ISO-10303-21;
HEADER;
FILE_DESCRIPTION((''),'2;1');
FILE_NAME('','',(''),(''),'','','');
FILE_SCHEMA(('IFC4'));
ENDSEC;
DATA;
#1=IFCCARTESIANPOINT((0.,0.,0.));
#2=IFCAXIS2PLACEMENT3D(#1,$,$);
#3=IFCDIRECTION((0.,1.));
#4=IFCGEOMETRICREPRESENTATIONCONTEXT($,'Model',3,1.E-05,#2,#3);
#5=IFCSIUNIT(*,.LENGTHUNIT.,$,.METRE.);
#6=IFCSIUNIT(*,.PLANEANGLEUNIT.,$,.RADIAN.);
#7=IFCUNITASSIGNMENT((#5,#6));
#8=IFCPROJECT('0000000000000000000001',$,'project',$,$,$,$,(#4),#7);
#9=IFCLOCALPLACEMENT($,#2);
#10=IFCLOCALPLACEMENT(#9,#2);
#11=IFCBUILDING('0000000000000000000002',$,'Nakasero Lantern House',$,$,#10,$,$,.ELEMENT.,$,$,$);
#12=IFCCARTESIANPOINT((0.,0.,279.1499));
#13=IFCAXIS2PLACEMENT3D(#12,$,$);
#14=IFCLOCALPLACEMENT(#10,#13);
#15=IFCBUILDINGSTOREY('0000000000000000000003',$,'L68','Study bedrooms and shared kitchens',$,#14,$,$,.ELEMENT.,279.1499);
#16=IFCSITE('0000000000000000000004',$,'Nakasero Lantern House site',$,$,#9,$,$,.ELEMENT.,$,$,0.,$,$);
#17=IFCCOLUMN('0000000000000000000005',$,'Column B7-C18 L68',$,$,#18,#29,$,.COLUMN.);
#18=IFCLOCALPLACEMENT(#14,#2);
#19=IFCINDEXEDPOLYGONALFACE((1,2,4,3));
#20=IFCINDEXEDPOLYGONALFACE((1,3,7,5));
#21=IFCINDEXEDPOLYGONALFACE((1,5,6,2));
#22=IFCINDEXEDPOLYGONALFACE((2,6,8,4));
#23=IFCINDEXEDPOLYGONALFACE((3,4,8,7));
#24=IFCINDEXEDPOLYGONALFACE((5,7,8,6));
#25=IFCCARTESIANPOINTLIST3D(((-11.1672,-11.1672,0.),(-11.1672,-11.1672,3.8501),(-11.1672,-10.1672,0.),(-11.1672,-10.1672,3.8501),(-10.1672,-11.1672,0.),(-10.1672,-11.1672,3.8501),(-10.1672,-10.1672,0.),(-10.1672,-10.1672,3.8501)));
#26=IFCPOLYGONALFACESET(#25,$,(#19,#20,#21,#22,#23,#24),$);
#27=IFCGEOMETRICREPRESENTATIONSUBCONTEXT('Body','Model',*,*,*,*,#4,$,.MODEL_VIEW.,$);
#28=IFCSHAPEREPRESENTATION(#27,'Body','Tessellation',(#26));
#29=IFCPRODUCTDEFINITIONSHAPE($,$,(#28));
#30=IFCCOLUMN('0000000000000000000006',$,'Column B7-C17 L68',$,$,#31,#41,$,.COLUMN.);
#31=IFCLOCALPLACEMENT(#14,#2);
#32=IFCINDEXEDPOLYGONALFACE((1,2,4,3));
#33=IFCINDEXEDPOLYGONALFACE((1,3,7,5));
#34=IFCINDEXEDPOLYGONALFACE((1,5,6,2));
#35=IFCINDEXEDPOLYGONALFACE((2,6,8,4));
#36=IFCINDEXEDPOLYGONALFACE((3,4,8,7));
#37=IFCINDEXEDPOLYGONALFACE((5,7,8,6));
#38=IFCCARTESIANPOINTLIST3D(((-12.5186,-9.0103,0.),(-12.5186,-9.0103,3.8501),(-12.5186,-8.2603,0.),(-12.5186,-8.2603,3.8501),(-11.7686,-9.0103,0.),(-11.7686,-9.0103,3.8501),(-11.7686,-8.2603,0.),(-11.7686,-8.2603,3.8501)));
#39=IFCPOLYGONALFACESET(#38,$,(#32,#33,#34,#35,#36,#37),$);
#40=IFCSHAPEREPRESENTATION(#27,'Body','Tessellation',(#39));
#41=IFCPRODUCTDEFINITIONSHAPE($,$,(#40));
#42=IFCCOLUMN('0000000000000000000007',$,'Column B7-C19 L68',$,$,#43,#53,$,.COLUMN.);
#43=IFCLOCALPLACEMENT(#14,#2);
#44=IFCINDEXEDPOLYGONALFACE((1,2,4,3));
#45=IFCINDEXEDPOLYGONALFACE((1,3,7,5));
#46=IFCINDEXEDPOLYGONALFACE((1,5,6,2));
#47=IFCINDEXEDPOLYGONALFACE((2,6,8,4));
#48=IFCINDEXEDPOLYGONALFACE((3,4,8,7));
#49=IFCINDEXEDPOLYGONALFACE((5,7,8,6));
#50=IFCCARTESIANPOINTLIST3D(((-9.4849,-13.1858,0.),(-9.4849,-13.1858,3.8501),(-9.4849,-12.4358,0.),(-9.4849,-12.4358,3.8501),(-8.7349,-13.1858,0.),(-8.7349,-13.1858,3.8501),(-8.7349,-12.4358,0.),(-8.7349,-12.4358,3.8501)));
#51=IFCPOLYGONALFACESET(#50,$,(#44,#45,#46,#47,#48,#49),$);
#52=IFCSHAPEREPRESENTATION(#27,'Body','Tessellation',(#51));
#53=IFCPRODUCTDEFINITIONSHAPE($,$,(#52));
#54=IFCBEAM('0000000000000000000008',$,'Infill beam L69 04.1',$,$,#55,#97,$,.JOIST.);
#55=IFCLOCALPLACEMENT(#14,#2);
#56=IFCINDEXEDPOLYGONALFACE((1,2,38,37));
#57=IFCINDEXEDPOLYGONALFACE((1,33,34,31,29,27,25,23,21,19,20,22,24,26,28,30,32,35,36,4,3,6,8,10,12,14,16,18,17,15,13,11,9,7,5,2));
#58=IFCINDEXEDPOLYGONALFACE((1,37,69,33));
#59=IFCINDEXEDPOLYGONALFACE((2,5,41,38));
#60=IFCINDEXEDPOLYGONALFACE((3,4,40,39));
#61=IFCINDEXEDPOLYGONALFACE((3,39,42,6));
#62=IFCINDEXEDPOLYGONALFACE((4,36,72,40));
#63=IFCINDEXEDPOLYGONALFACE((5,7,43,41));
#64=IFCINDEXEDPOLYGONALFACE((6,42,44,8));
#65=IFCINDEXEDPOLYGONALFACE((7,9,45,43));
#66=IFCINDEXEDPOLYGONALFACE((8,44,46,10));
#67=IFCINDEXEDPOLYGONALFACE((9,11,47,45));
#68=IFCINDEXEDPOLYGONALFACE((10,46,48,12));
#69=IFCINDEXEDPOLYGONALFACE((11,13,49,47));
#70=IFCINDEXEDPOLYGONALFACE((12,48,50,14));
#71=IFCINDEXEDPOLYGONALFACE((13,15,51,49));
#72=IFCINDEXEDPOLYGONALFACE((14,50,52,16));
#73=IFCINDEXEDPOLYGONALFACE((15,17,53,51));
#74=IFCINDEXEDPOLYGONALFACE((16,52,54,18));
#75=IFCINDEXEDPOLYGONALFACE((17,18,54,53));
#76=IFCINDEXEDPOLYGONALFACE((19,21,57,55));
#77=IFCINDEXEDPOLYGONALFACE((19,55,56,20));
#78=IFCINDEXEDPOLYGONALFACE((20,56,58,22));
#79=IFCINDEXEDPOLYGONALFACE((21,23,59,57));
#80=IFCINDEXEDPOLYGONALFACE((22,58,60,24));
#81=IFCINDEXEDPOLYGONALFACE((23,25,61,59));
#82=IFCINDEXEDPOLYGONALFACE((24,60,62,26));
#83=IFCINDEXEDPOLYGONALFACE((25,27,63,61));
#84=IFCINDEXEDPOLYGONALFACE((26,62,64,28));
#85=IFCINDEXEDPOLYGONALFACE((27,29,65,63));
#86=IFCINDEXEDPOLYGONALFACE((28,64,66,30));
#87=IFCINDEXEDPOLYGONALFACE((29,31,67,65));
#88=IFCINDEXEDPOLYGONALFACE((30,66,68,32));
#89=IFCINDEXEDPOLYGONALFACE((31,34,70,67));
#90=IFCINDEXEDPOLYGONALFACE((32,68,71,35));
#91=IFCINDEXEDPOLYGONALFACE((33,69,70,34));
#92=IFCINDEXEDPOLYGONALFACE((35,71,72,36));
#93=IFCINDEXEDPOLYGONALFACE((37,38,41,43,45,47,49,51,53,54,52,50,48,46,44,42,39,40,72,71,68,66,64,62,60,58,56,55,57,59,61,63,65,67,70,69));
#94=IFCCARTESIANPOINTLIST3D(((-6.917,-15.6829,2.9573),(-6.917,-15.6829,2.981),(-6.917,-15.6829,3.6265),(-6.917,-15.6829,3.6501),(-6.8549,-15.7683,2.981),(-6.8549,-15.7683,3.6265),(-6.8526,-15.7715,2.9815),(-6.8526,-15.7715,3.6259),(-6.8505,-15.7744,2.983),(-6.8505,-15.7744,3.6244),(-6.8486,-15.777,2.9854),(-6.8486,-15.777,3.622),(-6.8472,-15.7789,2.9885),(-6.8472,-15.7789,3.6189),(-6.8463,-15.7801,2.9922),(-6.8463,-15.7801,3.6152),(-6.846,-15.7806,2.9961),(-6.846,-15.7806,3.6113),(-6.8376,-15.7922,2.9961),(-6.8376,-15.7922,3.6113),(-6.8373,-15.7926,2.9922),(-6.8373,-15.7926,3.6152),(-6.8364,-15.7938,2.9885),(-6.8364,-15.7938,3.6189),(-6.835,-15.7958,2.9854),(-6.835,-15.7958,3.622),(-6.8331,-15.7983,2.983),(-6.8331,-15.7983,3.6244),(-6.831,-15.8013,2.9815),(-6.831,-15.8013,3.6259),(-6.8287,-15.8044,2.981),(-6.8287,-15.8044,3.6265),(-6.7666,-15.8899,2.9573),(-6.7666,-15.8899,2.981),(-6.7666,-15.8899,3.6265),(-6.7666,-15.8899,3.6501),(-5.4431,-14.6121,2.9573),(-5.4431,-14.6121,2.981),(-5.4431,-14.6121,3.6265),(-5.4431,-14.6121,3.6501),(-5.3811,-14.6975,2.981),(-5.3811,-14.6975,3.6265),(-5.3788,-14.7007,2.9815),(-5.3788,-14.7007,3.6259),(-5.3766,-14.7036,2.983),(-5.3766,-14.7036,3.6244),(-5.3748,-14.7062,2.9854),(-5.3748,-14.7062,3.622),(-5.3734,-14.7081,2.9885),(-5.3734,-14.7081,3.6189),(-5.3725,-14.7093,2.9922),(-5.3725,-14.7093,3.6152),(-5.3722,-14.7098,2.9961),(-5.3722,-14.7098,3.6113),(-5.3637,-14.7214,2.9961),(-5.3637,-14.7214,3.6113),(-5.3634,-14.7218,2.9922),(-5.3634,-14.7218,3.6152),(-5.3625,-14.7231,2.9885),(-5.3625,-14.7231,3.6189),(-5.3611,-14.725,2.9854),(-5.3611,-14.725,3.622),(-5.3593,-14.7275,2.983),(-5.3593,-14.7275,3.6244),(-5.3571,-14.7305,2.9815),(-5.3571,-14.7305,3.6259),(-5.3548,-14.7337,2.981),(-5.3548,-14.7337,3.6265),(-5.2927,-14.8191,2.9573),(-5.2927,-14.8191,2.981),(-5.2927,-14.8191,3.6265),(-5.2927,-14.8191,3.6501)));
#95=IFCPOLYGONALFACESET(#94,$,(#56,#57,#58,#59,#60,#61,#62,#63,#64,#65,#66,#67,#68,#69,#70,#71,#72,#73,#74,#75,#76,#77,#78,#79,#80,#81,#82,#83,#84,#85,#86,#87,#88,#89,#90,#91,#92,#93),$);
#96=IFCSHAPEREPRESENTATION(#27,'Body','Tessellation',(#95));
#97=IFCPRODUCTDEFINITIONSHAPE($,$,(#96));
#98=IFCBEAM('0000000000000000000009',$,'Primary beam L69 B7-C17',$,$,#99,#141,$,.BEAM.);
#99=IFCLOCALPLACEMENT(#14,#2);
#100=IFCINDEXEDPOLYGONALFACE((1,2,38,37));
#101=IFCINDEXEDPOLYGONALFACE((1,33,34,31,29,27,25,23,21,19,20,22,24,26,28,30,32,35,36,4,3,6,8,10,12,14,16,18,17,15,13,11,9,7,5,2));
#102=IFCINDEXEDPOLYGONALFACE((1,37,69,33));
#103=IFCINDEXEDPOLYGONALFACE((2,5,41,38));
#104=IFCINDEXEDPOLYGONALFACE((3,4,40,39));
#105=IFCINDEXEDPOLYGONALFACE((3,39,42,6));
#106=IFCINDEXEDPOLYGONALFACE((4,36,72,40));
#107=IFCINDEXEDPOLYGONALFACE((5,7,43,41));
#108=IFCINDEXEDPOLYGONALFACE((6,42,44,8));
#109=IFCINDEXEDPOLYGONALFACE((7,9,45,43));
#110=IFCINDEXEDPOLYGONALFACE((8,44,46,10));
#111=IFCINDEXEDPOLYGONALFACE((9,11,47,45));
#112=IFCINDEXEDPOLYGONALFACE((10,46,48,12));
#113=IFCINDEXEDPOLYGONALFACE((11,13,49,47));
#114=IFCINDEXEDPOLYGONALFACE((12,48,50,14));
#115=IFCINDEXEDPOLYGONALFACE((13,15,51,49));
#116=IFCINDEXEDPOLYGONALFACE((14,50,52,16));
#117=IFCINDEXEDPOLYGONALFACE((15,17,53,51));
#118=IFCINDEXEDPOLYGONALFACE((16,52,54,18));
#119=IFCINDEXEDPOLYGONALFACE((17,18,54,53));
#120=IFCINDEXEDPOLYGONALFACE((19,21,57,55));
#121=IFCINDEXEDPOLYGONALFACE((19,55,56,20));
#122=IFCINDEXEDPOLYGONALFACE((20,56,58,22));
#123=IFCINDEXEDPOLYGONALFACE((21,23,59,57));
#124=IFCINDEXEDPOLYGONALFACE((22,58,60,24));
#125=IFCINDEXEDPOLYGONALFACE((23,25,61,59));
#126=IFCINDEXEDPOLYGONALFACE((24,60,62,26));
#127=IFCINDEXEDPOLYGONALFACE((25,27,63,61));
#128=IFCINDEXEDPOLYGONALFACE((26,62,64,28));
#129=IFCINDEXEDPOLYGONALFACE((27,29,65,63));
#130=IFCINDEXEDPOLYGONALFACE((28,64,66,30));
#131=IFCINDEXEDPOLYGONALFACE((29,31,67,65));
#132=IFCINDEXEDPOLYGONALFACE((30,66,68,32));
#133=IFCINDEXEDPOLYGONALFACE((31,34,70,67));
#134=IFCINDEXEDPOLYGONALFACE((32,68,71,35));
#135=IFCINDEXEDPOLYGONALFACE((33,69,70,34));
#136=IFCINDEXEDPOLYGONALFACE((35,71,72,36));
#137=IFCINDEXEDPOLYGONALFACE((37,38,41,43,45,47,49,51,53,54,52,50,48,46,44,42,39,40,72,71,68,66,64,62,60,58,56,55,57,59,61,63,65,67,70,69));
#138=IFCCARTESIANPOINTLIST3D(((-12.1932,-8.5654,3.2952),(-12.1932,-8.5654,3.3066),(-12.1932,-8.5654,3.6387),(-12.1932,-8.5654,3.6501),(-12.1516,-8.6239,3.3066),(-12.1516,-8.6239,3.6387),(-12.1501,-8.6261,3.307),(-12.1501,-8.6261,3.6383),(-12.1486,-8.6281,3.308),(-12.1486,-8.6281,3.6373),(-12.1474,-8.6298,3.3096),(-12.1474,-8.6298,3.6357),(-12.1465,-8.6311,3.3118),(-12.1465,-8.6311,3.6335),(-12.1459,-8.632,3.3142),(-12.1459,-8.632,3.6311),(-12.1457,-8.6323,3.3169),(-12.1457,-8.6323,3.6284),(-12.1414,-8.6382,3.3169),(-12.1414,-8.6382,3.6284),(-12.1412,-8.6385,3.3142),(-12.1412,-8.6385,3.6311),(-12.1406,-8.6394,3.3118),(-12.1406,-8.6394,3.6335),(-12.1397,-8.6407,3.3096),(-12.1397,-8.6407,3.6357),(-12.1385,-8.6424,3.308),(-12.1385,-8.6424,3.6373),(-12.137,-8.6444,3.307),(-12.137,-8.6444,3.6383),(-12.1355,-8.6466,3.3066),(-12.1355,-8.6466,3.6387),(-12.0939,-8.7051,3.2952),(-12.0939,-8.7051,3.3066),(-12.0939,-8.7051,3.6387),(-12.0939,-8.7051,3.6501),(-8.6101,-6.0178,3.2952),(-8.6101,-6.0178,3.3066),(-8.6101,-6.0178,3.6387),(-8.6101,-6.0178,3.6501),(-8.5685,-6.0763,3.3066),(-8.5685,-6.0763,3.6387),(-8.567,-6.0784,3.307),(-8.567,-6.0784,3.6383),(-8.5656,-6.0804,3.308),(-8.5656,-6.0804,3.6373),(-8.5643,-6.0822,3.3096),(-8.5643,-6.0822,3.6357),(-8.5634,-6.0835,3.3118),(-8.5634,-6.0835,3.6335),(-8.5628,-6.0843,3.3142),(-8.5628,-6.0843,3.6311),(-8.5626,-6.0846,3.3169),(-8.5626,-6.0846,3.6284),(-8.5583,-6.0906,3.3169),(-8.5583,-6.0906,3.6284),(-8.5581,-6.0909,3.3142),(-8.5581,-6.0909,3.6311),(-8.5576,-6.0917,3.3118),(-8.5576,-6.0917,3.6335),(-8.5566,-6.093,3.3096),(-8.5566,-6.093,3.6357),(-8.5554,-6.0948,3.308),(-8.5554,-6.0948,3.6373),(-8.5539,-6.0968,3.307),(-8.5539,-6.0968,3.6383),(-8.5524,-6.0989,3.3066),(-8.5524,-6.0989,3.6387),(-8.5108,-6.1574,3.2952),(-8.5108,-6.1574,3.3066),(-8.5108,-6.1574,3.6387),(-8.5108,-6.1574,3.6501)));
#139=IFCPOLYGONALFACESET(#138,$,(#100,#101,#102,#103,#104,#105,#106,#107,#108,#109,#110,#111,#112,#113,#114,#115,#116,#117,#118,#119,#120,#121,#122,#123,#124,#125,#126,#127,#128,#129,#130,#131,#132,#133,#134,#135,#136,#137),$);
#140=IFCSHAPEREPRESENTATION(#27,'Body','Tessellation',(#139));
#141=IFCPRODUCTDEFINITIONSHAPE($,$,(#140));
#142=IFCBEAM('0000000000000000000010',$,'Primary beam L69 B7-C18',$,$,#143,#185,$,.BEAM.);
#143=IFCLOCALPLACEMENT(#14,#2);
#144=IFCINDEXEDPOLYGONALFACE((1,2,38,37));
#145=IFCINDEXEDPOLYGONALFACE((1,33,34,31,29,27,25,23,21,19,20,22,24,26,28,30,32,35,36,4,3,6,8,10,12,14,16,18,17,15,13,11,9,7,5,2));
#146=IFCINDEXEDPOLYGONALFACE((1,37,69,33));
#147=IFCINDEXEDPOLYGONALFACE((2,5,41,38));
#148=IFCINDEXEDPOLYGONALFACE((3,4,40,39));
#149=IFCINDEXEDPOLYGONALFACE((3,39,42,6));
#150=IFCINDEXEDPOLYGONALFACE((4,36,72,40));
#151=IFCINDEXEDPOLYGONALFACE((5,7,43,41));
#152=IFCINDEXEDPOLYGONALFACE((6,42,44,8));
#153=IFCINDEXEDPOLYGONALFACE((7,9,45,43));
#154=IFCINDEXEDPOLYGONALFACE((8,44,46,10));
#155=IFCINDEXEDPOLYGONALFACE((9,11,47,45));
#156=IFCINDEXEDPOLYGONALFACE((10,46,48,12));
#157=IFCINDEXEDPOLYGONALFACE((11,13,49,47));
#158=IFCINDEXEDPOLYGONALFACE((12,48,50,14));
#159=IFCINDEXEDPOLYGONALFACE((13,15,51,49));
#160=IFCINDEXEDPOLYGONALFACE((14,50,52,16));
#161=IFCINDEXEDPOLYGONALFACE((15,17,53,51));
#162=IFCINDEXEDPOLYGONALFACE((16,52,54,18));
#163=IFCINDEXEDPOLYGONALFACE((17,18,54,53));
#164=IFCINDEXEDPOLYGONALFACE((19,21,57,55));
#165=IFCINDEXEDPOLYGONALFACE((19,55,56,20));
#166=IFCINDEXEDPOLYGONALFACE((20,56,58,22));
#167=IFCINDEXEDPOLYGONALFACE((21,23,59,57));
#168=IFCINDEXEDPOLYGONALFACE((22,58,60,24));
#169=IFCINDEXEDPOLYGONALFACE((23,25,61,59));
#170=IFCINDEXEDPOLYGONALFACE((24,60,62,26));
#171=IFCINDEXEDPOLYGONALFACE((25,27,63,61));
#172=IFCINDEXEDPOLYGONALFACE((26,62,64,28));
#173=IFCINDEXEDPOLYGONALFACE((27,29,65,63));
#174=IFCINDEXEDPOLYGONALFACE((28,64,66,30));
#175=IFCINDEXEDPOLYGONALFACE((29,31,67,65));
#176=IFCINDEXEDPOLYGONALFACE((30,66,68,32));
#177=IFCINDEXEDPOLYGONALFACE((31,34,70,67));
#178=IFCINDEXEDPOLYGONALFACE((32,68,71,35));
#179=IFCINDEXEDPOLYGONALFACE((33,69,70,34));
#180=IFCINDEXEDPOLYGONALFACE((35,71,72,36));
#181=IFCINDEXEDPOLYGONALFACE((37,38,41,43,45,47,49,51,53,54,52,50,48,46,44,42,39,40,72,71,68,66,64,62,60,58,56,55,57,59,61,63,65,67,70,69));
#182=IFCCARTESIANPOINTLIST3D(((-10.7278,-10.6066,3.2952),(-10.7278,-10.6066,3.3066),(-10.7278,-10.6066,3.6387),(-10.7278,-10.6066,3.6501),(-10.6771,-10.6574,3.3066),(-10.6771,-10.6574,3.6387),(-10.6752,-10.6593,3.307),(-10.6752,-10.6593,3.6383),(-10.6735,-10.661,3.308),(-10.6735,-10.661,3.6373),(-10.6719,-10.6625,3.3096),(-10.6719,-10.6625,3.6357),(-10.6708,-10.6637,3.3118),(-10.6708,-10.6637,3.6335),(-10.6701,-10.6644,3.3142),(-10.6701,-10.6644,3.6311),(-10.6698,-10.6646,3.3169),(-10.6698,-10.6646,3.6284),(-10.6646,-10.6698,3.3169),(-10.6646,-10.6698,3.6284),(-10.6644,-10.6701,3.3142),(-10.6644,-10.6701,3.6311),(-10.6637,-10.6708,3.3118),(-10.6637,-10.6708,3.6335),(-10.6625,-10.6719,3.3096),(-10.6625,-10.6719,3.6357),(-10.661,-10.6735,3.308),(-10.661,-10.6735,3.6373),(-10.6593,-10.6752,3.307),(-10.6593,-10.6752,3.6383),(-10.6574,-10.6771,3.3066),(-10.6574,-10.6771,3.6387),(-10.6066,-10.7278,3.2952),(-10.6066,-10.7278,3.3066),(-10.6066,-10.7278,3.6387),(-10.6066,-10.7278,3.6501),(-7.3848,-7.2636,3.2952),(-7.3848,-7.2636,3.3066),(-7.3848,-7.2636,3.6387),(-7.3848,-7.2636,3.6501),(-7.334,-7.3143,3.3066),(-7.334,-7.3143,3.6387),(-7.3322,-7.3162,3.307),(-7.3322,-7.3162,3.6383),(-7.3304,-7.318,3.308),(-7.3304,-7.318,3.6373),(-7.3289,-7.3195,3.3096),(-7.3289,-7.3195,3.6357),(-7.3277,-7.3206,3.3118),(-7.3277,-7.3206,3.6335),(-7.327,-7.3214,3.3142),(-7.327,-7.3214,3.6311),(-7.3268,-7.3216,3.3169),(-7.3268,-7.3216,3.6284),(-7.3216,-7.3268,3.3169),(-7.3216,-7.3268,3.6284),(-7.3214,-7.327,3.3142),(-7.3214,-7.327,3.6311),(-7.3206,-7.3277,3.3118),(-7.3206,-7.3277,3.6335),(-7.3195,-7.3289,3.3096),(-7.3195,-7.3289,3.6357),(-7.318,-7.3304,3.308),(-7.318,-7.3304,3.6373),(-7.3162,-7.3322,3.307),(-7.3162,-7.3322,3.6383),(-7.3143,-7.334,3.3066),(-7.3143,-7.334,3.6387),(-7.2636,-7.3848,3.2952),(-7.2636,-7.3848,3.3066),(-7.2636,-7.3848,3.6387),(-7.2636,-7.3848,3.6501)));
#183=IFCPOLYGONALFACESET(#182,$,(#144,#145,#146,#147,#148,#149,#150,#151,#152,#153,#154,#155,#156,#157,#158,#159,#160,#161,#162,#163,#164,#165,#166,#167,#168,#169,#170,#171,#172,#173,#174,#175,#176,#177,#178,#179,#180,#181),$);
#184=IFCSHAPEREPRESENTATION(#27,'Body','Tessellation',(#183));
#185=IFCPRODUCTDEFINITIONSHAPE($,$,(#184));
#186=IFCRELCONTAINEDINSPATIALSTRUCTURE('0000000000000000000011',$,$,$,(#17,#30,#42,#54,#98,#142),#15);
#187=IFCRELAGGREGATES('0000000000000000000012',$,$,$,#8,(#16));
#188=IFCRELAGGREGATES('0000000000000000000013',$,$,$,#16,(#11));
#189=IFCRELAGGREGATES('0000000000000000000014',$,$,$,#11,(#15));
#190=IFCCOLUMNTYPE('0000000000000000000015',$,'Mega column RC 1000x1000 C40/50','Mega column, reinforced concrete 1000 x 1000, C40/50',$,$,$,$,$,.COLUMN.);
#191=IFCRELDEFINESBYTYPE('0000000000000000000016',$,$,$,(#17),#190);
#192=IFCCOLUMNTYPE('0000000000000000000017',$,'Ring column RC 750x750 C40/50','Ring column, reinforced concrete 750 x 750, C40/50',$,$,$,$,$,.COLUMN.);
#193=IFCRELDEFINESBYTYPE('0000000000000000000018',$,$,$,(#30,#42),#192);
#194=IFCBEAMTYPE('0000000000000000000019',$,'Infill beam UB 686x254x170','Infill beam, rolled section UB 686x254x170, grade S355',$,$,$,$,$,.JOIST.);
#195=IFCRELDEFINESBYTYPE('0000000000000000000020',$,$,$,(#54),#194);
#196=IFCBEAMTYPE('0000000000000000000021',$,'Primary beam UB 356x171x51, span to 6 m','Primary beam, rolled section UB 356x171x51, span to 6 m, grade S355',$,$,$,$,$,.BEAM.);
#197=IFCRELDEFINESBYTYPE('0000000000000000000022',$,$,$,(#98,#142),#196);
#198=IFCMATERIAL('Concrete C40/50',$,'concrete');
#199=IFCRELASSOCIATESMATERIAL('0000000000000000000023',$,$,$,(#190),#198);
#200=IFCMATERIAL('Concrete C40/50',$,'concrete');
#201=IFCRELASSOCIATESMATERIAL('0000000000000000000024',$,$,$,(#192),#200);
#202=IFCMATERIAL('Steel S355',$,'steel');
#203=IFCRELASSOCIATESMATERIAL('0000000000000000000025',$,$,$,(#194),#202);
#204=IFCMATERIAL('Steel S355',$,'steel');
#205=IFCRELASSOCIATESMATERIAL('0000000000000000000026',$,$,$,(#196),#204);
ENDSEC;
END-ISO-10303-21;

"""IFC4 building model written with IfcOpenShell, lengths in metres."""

from ifc_helpers import new_model, si_unit, direction, frame, origin, origin_2d, place, context, subcontext, project, spatial, rectangle, i_section, extrude, material, material_profile, profile_set, type_object, element, save


model = new_model("IFC4")

# Units and contexts
model_context = context("Model", 3, precision=1e-05, world=origin(), true_north=direction((0.0, 1.0)))
body_context = subcontext(model_context, "Body", "Model", "MODEL_VIEW")
ifc_project = project(units=[si_unit("LENGTHUNIT", "METRE"), si_unit("PLANEANGLEUNIT", "RADIAN")], contexts=[model_context])

# Site, building, storey
site_placement = place(None, origin())
site = spatial("IfcSite", under=ifc_project, at=site_placement, Name="Nakasero Lantern House site", CompositionType="ELEMENT", RefElevation=0.0)
building_placement = place(site_placement, origin())
building = spatial("IfcBuilding", under=site, at=building_placement, Name="Nakasero Lantern House", CompositionType="ELEMENT")
storey_placement = place(building_placement, frame((0.0, 0.0, 279.1499)))
storey = spatial("IfcBuildingStorey", under=building, at=storey_placement, Name="L68", Description="Study bedrooms and shared kitchens", CompositionType="ELEMENT", Elevation=279.1499)

# Columns
ifc_material_1 = material(Name="Concrete C40/50", Category="concrete")
ifc_material_profile_1 = material_profile(ifc_material_1, rectangle(XDim=1.0, YDim=1.0, at=origin_2d()), Name="RC 1000x1000")
ifc_profile_set_1 = profile_set([ifc_material_profile_1], Name="Concrete C40/50")
column_type_1 = type_object("IfcColumnType", Name="Mega column RC 1000x1000 C40/50", Description="Mega column, reinforced concrete 1000 x 1000, C40/50", PredefinedType="COLUMN", material=ifc_profile_set_1)
column_placement = place(storey_placement, frame((-10.6672, -10.6672, 0.0), z_axis=(0.0, 0.0, 1.0), x_axis=(1.0, 0.0, 0.0)))
element("IfcColumn", 1, at=column_placement, inside=storey, type_object=column_type_1, Name="Column B7-C18 L68", PredefinedType="COLUMN", context=body_context, shape_type="SweptSolid", body=[
    extrude(rectangle(XDim=1.0, YDim=1.0, at=origin_2d()), origin(), (0.0, 0.0, 1.0), 3.8501),
])
ifc_material_2 = material(Name="Concrete C40/50", Category="concrete")
ifc_material_profile_2 = material_profile(ifc_material_2, rectangle(XDim=0.75, YDim=0.75, at=origin_2d()), Name="RC 750x750")
ifc_profile_set_2 = profile_set([ifc_material_profile_2], Name="Concrete C40/50")
column_type_2 = type_object("IfcColumnType", Name="Ring column RC 750x750 C40/50", Description="Ring column, reinforced concrete 750 x 750, C40/50", PredefinedType="COLUMN", material=ifc_profile_set_2)
for number, where, z_axis, x_axis, name in (
    (2, (-12.1436, -8.6353, 0.0), (0.0, 0.0, 1.0), (1.0, 0.0, 0.0), "Column B7-C17 L68"),
    (3, (-9.1099, -12.8108, 0.0), (0.0, 0.0, 1.0), (1.0, 0.0, 0.0), "Column B7-C19 L68"),
):
    element("IfcColumn", number, at=place(storey_placement, frame(where, z_axis=z_axis, x_axis=x_axis)), inside=storey, type_object=column_type_2, Name=name, PredefinedType="COLUMN", context=body_context, shape_type="SweptSolid", body=[
        extrude(rectangle(XDim=0.75, YDim=0.75, at=origin_2d()), origin(), (0.0, 0.0, 1.0), 3.8501),
    ])

# Beams
ifc_material_3 = material(Name="Steel S355", Category="steel")
ifc_material_profile_3 = material_profile(ifc_material_3, i_section(OverallWidth=0.2559, OverallDepth=0.6929, WebThickness=0.0144, FlangeThickness=0.0237, FilletRadius=0.0151, at=origin_2d()), Name="UB 686x254x170")
ifc_profile_set_3 = profile_set([ifc_material_profile_3], Name="Steel S355")
beam_type_1 = type_object("IfcBeamType", Name="Infill beam UB 686x254x170", Description="Infill beam, rolled section UB 686x254x170, grade S355", PredefinedType="JOIST", material=ifc_profile_set_3)
beam_1_placement = place(storey_placement, frame((-6.8418, -15.7864, 3.3037), z_axis=(0.809026, 0.587773, 0.0), x_axis=(-0.587773, 0.809026, 0.0)))
element("IfcBeam", 4, at=beam_1_placement, inside=storey, type_object=beam_type_1, Name="Infill beam L69 04.1", PredefinedType="JOIST", context=body_context, shape_type="SweptSolid", body=[
    extrude(i_section(OverallWidth=0.2559, OverallDepth=0.6929, WebThickness=0.0144, FlangeThickness=0.0237, FilletRadius=0.0151, at=origin_2d()), origin(), (0.0, 0.0, 1.0), 1.8218),
])
ifc_material_4 = material(Name="Steel S355", Category="steel")
ifc_material_profile_4 = material_profile(ifc_material_4, i_section(OverallWidth=0.1714, OverallDepth=0.355, WebThickness=0.0073, FlangeThickness=0.0115, FilletRadius=0.0103, at=origin_2d()), Name="UB 356x171x51")
ifc_profile_set_4 = profile_set([ifc_material_profile_4], Name="Steel S355")
beam_type_2 = type_object("IfcBeamType", Name="Primary beam UB 356x171x51, span to 6 m", Description="Primary beam, rolled section UB 356x171x51, span to 6 m, grade S355", PredefinedType="BEAM", material=ifc_profile_set_4)
beam_2_placement = place(storey_placement, frame((-12.1436, -8.6353, 3.4727), z_axis=(0.814989, 0.579477, 0.0), x_axis=(-0.579477, 0.814989, 0.0)))
element("IfcBeam", 5, at=beam_2_placement, inside=storey, type_object=beam_type_2, Name="Primary beam L69 B7-C17", PredefinedType="BEAM", context=body_context, shape_type="SweptSolid", body=[
    extrude(i_section(OverallWidth=0.1714, OverallDepth=0.355, WebThickness=0.0073, FlangeThickness=0.0115, FilletRadius=0.0103, at=origin_2d()), origin(), (0.0, 0.0, 1.0), 4.3965),
])
beam_3_placement = place(storey_placement, frame((-10.6672, -10.6672, 3.4727), z_axis=(0.707107, 0.707107, 0.0), x_axis=(-0.707107, 0.707107, 0.0)))
element("IfcBeam", 6, at=beam_3_placement, inside=storey, type_object=beam_type_2, Name="Primary beam L69 B7-C18", PredefinedType="BEAM", context=body_context, shape_type="SweptSolid", body=[
    extrude(i_section(OverallWidth=0.1714, OverallDepth=0.355, WebThickness=0.0073, FlangeThickness=0.0115, FilletRadius=0.0103, at=origin_2d()), origin(), (0.0, 0.0, 1.0), 4.7278),
])

save(model, "model.ifc")
